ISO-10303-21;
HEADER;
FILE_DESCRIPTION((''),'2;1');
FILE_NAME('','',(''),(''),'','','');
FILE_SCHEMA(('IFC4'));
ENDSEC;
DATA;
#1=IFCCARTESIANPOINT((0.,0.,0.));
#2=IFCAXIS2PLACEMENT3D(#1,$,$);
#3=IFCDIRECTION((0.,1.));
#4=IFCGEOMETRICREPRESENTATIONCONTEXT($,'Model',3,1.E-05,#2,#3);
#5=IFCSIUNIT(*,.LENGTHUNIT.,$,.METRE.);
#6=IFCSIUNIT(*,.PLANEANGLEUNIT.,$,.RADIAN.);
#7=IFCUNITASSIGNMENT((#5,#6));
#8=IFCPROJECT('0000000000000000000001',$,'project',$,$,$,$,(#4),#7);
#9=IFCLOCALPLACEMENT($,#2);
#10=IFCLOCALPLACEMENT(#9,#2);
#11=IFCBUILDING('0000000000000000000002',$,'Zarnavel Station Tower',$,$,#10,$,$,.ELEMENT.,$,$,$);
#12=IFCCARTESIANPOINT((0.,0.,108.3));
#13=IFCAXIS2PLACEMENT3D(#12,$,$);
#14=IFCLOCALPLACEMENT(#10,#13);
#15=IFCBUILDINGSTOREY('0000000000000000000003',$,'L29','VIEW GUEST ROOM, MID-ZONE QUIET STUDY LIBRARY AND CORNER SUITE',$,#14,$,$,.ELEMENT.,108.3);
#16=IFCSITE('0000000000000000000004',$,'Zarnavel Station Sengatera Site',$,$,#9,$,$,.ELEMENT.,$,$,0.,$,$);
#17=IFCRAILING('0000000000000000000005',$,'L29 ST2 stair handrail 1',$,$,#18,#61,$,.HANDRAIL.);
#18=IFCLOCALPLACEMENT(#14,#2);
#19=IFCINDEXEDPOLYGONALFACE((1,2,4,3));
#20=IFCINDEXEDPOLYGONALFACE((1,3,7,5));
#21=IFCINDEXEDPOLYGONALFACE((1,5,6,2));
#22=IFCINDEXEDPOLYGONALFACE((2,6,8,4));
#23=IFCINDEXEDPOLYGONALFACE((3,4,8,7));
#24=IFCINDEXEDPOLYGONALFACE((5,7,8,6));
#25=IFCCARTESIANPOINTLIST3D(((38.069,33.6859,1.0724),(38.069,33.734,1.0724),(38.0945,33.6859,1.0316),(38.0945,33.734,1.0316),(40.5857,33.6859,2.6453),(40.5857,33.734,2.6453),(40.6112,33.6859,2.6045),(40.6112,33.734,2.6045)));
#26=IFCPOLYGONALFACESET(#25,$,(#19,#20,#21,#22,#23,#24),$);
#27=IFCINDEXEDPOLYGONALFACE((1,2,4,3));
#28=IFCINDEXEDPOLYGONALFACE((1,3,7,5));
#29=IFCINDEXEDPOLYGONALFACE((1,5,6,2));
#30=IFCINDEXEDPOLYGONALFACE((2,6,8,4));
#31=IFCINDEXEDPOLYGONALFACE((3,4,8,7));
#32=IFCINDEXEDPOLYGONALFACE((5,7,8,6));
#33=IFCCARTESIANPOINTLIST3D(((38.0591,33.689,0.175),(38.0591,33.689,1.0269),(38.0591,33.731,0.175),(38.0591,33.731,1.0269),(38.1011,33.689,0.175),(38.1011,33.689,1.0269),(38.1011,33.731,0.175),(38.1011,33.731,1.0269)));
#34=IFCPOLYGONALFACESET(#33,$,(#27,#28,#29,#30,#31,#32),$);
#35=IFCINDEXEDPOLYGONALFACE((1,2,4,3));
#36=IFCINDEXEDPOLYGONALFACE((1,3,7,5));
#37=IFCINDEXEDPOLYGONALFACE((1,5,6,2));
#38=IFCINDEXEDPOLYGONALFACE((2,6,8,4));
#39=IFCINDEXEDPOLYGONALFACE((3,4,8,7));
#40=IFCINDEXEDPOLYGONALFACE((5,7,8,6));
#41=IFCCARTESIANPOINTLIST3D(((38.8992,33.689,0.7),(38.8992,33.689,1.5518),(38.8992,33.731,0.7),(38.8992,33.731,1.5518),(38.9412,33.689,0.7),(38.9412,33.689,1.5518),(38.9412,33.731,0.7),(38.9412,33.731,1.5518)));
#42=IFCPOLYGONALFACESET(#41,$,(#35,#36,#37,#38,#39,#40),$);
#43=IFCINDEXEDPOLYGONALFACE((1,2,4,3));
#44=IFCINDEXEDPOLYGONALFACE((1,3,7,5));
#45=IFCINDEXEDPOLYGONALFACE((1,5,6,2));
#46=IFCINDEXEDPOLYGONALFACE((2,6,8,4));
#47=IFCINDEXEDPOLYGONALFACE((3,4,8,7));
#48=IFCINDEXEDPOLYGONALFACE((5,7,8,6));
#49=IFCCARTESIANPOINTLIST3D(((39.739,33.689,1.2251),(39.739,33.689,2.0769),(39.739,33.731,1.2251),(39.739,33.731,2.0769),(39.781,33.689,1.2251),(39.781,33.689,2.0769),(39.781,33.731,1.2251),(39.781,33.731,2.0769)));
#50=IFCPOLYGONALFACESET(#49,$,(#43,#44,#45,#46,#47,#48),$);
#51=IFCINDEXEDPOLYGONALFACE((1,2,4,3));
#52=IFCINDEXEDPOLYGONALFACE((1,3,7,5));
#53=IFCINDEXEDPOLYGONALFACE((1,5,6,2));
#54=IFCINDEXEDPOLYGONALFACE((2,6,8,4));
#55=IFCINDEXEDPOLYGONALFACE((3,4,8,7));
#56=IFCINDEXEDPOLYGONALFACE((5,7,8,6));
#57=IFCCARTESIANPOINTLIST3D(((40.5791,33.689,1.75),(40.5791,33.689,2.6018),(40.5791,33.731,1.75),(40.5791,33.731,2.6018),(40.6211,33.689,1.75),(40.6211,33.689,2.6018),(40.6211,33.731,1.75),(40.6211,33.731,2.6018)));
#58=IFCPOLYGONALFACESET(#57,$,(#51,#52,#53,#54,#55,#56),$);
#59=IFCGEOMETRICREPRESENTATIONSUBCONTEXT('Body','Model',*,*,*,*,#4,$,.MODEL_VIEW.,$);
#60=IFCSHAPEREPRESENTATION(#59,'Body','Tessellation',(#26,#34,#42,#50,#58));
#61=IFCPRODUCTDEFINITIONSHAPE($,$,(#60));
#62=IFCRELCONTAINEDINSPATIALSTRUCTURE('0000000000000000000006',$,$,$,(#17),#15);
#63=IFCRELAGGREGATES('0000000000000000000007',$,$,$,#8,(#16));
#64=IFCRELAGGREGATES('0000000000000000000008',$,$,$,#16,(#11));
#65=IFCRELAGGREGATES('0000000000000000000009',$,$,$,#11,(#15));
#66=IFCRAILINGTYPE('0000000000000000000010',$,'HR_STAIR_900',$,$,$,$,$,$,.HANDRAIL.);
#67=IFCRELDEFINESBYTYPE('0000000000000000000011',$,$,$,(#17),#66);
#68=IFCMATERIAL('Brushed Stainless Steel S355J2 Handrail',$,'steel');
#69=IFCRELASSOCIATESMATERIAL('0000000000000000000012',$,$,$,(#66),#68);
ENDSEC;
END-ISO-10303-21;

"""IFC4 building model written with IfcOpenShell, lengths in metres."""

from ifc_helpers import new_model, si_unit, direction, frame, origin, origin_2d, place, context, subcontext, project, spatial, rectangle, extrude, material, type_object, element, save


model = new_model("IFC4")

# Units and contexts
model_context = context("Model", 3, precision=1e-05, world=origin(), true_north=direction((0.0, 1.0)))
body_context = subcontext(model_context, "Body", "Model", "MODEL_VIEW")
ifc_project = project(units=[si_unit("LENGTHUNIT", "METRE"), si_unit("PLANEANGLEUNIT", "RADIAN")], contexts=[model_context])

# Site, building, storey
site_placement = place(None, origin())
site = spatial("IfcSite", under=ifc_project, at=site_placement, Name="Zarnavel Station Sengatera Site", CompositionType="ELEMENT", RefElevation=0.0)
building_placement = place(site_placement, origin())
building = spatial("IfcBuilding", under=site, at=building_placement, Name="Zarnavel Station Tower", CompositionType="ELEMENT")
storey_placement = place(building_placement, frame((0.0, 0.0, 108.3)))
storey = spatial("IfcBuildingStorey", under=building, at=storey_placement, Name="L29", Description="VIEW GUEST ROOM, MID-ZONE QUIET STUDY LIBRARY AND CORNER SUITE", CompositionType="ELEMENT", Elevation=108.3)

# Railing
ifc_material_1 = material(Name="Brushed Stainless Steel S355J2 Handrail", Category="steel")
railing_type_1 = type_object("IfcRailingType", Name="HR_STAIR_900", PredefinedType="HANDRAIL", material=ifc_material_1)
railing_1_placement = place(storey_placement, frame((38.0801, 33.71, 0.175)))
element("IfcRailing", 1, at=railing_1_placement, inside=storey, type_object=railing_type_1, Name="L29 ST2 stair handrail 1", PredefinedType="HANDRAIL", context=body_context, shape_type="SweptSolid", body=[
    extrude(rectangle(XDim=0.0481, YDim=0.0481, at=origin_2d()), frame((0.0017, 0.0, 0.877), z_axis=(0.848008, 0.0, 0.529984), x_axis=(0.0, 1.0, 0.0)), (0.0, 0.0, 1.0), 2.9678),
    extrude(rectangle(XDim=0.042, YDim=0.042, at=origin_2d()), origin(), (0.0, 0.0, 1.0), 0.8518),
    extrude(rectangle(XDim=0.042, YDim=0.042, at=origin_2d()), frame((0.8401, 0.0, 0.5249)), (0.0, 0.0, 1.0), 0.8518),
    extrude(rectangle(XDim=0.042, YDim=0.042, at=origin_2d()), frame((1.6799, 0.0, 1.05)), (0.0, 0.0, 1.0), 0.8518),
    extrude(rectangle(XDim=0.042, YDim=0.042, at=origin_2d()), frame((2.52, 0.0, 1.575)), (0.0, 0.0, 1.0), 0.8518),
])

save(model, "model.ifc")
